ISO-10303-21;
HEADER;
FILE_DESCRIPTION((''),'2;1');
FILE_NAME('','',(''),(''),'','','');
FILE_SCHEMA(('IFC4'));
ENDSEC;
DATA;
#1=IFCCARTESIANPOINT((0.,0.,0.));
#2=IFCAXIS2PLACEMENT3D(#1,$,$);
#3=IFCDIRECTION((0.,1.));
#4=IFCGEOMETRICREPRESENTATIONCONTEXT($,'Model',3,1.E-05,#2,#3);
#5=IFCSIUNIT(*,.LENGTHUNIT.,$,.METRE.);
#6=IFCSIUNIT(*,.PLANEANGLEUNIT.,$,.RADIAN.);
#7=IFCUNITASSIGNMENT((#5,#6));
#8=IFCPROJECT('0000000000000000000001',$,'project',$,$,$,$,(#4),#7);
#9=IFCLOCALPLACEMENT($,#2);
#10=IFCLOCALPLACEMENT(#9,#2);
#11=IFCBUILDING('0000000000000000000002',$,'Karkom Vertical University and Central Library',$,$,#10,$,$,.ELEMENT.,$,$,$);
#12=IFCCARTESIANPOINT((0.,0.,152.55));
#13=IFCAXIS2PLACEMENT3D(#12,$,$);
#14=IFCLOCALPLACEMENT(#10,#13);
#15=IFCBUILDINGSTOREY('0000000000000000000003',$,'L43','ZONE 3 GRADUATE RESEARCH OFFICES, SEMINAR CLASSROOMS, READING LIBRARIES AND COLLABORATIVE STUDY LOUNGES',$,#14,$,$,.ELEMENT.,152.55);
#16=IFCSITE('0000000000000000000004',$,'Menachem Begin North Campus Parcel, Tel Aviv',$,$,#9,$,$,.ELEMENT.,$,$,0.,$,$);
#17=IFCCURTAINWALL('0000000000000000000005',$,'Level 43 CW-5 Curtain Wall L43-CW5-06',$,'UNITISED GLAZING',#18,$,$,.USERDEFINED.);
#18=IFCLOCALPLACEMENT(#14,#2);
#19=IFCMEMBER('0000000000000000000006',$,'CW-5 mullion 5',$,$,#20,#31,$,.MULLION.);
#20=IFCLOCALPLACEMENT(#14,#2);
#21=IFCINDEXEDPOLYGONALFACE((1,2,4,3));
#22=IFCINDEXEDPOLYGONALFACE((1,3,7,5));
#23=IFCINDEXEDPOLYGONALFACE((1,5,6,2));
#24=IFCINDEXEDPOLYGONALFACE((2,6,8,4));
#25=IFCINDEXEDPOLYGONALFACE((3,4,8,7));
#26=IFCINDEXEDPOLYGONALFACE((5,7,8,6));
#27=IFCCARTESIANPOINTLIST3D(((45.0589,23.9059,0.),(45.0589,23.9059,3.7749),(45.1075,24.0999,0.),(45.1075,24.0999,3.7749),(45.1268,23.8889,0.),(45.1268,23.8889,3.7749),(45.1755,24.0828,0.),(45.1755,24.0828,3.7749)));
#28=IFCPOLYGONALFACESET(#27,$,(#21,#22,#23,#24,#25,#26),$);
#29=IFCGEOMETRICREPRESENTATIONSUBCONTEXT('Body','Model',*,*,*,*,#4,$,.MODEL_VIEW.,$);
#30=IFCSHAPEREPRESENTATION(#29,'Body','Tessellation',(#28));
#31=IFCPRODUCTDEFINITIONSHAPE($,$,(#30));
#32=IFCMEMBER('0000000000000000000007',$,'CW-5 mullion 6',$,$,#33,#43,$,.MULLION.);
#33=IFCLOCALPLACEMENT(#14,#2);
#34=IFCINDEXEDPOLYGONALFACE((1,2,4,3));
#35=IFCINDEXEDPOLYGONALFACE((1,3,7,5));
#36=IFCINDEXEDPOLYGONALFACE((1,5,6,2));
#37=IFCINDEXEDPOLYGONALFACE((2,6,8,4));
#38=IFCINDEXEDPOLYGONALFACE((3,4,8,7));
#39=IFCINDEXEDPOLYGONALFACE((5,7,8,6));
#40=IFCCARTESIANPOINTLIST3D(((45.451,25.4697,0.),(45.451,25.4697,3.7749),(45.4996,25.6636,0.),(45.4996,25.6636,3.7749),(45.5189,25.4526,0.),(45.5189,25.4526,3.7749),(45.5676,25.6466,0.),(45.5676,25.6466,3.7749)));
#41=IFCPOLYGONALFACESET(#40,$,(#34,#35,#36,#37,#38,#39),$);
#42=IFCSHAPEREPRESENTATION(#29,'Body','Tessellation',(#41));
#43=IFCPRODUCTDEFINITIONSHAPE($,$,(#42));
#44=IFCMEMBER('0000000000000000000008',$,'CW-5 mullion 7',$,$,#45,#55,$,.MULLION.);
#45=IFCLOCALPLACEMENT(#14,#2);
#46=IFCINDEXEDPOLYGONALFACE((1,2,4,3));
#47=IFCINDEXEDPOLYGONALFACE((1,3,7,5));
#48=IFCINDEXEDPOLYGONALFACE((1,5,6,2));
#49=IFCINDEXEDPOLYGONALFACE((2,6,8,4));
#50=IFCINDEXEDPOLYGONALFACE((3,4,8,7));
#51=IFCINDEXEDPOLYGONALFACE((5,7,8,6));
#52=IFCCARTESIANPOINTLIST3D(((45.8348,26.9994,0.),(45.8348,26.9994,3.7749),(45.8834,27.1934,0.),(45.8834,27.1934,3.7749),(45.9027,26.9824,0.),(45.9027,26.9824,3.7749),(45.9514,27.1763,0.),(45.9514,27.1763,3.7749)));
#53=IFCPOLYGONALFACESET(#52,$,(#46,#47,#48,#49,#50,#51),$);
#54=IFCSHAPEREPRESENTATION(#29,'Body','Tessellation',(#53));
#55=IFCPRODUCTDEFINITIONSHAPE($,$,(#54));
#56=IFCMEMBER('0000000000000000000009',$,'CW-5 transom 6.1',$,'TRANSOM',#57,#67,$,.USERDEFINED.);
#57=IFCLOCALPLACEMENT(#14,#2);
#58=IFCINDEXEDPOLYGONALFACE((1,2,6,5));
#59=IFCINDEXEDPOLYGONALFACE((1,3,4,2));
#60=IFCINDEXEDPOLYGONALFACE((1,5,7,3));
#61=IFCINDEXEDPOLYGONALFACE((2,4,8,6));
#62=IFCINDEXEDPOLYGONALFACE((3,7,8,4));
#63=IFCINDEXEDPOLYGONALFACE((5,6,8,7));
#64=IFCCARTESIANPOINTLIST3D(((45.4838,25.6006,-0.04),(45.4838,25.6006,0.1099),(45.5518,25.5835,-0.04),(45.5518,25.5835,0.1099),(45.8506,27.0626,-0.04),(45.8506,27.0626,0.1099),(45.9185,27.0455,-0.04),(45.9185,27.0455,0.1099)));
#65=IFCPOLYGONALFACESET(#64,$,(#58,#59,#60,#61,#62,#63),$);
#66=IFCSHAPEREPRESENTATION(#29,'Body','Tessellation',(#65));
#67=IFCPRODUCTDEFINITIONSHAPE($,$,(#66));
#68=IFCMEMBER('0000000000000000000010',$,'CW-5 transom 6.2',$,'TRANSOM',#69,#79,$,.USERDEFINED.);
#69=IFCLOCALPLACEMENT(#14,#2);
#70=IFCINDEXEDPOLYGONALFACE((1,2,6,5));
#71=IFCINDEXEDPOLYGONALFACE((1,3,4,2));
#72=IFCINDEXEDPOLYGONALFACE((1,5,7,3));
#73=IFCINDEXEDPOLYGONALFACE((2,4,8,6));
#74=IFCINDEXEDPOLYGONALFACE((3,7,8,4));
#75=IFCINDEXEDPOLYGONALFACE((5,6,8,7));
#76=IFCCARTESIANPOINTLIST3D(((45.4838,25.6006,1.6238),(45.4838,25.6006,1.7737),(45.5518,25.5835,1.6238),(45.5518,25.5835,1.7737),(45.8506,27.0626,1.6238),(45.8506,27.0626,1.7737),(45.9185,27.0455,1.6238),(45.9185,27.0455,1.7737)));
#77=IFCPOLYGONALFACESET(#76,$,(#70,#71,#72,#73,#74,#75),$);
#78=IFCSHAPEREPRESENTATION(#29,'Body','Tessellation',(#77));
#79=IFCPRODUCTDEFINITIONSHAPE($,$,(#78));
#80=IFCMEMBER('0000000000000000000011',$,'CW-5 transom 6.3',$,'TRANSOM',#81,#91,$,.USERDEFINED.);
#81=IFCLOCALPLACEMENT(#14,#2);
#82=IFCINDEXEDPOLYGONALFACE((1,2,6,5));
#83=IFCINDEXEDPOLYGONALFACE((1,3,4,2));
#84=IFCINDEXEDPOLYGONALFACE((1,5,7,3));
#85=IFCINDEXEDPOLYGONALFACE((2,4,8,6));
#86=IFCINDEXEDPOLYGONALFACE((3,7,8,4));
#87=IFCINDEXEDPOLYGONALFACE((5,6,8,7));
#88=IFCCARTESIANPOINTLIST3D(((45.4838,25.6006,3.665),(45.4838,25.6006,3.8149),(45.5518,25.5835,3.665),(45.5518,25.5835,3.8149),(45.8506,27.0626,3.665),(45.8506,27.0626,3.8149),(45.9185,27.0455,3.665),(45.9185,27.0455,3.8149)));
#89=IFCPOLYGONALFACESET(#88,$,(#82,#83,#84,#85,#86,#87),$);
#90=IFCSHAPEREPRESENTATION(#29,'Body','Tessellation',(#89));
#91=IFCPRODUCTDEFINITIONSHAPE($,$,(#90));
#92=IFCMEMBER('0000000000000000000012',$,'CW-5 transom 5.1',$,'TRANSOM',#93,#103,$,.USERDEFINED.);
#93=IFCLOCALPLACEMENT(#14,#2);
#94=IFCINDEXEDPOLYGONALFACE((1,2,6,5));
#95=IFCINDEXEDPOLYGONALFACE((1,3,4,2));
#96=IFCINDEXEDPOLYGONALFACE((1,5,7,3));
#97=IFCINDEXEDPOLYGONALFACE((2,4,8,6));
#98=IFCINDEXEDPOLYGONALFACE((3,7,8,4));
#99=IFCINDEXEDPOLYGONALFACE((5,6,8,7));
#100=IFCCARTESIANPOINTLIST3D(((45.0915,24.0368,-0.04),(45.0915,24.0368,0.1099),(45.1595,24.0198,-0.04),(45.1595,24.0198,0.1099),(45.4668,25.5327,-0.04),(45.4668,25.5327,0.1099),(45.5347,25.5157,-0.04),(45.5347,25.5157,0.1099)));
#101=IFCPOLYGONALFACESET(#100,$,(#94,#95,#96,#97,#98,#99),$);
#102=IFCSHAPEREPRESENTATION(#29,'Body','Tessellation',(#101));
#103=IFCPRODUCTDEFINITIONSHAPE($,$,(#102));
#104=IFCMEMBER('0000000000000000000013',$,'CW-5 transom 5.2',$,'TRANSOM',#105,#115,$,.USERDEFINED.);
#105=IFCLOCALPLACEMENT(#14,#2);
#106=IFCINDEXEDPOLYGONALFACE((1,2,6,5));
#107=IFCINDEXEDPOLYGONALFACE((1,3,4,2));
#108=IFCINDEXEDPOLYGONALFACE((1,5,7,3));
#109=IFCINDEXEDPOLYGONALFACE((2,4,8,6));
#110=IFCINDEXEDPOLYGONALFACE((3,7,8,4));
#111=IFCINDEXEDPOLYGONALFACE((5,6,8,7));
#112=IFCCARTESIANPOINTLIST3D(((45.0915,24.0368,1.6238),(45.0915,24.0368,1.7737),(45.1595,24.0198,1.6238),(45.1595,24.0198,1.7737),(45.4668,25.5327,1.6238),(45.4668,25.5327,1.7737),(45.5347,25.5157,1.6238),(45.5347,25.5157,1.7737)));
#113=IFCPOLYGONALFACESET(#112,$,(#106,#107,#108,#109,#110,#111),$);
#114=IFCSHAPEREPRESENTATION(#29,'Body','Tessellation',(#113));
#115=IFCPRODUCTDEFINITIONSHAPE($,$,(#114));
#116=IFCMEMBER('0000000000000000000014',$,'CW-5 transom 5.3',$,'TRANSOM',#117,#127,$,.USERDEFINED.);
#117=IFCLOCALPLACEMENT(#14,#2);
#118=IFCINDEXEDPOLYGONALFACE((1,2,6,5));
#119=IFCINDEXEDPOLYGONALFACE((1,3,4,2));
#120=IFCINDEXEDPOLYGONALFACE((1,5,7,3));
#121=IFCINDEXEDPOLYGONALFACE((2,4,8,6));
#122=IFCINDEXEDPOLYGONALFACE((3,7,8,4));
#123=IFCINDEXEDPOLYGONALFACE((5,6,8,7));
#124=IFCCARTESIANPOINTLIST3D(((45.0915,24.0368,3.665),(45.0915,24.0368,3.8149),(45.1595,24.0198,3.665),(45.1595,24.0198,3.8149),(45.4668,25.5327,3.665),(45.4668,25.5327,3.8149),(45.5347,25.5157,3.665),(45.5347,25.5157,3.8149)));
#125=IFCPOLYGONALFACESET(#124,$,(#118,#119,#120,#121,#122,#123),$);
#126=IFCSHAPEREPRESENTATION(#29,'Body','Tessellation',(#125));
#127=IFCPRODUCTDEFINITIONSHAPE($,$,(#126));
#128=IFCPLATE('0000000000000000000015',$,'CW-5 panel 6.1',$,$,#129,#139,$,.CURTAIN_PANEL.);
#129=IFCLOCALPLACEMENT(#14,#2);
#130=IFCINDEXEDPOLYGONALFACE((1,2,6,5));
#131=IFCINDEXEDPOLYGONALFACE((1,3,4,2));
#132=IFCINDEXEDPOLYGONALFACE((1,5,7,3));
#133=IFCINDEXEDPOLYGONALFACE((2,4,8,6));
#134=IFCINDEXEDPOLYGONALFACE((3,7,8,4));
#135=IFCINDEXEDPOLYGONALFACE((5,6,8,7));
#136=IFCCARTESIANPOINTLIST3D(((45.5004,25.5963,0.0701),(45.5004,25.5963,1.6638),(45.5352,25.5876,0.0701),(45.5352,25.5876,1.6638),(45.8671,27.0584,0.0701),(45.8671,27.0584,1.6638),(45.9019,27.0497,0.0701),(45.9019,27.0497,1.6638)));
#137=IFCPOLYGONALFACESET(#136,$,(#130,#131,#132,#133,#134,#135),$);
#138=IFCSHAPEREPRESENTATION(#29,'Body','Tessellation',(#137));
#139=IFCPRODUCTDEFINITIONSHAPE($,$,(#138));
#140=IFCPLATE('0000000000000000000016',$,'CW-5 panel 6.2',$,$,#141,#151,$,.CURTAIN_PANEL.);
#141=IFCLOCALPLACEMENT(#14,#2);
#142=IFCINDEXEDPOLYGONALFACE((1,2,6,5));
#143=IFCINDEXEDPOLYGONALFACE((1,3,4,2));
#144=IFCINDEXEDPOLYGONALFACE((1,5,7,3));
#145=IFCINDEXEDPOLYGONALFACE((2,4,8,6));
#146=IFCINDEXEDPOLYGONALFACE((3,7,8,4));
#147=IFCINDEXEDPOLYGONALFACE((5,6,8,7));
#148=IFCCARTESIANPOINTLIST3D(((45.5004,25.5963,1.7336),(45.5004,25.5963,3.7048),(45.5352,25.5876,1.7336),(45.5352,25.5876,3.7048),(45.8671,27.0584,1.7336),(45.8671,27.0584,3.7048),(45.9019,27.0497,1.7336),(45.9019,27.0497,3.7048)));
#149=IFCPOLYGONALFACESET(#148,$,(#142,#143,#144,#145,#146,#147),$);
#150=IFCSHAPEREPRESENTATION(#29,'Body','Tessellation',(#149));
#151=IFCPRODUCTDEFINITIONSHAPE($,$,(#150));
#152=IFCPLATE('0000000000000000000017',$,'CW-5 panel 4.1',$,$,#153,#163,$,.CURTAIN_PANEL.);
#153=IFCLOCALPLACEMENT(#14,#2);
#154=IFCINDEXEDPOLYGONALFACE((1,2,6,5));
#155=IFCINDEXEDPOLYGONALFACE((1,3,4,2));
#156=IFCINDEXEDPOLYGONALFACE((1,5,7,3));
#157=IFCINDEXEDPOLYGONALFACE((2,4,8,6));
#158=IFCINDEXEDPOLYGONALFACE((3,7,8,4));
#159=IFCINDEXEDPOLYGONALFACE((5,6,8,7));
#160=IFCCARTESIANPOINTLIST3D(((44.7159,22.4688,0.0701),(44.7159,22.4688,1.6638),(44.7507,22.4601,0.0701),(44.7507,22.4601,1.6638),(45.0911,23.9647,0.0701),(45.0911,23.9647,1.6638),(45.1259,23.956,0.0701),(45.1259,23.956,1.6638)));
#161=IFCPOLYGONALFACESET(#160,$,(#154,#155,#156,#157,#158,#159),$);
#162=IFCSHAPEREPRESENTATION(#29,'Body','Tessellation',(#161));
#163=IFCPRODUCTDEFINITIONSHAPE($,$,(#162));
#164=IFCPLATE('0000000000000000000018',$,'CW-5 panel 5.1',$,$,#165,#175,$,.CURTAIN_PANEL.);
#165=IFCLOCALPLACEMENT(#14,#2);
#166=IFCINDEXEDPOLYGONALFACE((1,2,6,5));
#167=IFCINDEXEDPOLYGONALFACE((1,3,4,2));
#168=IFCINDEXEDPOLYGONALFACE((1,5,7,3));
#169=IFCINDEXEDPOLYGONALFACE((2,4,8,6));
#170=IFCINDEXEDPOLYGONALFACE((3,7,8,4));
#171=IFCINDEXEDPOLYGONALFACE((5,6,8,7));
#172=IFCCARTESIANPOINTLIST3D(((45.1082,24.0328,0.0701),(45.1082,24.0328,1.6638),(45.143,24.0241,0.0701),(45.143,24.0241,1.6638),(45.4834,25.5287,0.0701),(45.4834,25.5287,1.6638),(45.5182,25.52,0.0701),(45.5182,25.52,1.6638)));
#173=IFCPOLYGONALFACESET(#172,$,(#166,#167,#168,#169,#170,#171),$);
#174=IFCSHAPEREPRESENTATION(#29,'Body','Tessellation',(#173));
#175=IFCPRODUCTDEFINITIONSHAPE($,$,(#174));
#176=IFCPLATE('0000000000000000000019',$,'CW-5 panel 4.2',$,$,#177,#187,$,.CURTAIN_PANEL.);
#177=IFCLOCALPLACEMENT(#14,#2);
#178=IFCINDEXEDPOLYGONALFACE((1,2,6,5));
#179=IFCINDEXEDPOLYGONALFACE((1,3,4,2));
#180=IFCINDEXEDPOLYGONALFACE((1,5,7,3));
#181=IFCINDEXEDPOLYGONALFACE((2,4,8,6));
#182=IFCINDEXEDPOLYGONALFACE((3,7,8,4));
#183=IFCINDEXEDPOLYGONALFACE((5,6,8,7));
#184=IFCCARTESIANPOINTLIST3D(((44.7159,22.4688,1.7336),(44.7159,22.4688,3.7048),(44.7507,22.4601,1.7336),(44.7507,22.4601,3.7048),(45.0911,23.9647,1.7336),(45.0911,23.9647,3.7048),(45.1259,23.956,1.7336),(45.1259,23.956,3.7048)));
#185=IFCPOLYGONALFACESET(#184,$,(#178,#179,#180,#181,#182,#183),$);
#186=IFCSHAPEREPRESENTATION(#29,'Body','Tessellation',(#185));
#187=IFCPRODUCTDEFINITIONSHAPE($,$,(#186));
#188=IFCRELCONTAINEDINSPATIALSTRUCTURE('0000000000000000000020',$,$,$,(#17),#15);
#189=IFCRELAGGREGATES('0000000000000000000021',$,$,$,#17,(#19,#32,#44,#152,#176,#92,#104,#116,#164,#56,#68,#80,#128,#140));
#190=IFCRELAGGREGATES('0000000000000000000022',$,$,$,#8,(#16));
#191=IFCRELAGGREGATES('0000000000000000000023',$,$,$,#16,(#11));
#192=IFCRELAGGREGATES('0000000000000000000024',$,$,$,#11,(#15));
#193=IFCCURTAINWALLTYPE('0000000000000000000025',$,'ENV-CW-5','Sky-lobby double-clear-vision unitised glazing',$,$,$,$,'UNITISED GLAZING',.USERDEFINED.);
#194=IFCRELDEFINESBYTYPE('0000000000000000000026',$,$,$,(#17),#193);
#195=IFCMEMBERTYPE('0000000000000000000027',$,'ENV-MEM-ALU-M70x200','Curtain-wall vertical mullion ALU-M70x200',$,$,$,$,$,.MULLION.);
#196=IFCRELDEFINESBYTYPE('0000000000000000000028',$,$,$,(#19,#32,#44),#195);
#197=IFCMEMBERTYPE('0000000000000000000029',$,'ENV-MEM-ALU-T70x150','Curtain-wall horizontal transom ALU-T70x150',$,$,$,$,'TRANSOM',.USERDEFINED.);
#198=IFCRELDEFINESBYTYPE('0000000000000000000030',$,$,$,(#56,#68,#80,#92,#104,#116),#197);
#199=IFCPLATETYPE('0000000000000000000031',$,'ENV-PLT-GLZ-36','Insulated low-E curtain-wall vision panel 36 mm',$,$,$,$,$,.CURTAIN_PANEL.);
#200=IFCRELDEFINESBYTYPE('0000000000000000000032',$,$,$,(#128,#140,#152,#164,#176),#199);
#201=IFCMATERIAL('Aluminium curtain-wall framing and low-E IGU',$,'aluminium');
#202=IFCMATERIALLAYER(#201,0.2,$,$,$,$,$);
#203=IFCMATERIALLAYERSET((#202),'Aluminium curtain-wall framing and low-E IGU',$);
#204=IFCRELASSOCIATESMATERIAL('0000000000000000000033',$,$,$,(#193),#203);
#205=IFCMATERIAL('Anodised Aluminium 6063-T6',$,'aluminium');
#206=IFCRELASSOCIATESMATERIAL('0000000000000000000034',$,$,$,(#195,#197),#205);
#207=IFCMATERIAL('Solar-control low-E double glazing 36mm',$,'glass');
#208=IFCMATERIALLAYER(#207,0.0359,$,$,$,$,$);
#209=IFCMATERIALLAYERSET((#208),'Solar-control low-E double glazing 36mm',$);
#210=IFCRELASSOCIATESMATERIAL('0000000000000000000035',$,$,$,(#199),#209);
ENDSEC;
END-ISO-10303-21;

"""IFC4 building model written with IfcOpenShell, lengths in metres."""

from ifc_helpers import new_model, si_unit, direction, frame, origin, origin_with_axes, origin_2d, place, context, subcontext, project, spatial, rectangle, extrude, source, transform, mapped, material, layer, layer_set, material_profile, profile_set, type_object, element, aggregate, save


model = new_model("IFC4")

# Units and contexts
model_context = context("Model", 3, precision=1e-05, world=origin(), true_north=direction((0.0, 1.0)))
body_context = subcontext(model_context, "Body", "Model", "MODEL_VIEW")
ifc_project = project(units=[si_unit("LENGTHUNIT", "METRE"), si_unit("PLANEANGLEUNIT", "RADIAN")], contexts=[model_context])

# Site, building, storey
site_placement = place(None, origin())
site = spatial("IfcSite", under=ifc_project, at=site_placement, Name="Menachem Begin North Campus Parcel, Tel Aviv", CompositionType="ELEMENT", RefElevation=0.0)
building_placement = place(site_placement, origin())
building = spatial("IfcBuilding", under=site, at=building_placement, Name="Karkom Vertical University and Central Library", CompositionType="ELEMENT")
storey_placement = place(building_placement, frame((0.0, 0.0, 152.55)))
storey = spatial("IfcBuildingStorey", under=building, at=storey_placement, Name="L43", Description="ZONE 3 GRADUATE RESEARCH OFFICES, SEMINAR CLASSROOMS, READING LIBRARIES AND COLLABORATIVE STUDY LOUNGES", CompositionType="ELEMENT", Elevation=152.55)

# Curtain wall, members, plates
ifc_material_1 = material(Name="Aluminium curtain-wall framing and low-E IGU", Category="aluminium")
ifc_layer_1 = layer(ifc_material_1, 0.2)
ifc_layer_set_1 = layer_set([ifc_layer_1], Name="Aluminium curtain-wall framing and low-E IGU")
curtain_wall_type = type_object("IfcCurtainWallType", Name="ENV-CW-5", Description="Sky-lobby double-clear-vision unitised glazing", ElementType="UNITISED GLAZING", PredefinedType="USERDEFINED", material=ifc_layer_set_1)
curtain_wall_placement = place(storey_placement, origin())
curtain_wall = element("IfcCurtainWall", 1, at=curtain_wall_placement, inside=storey, type_object=curtain_wall_type, Name="Level 43 CW-5 Curtain Wall L43-CW5-06", ObjectType="UNITISED GLAZING", PredefinedType="USERDEFINED")
ifc_material_2 = material(Name="Anodised Aluminium 6063-T6", Category="aluminium")
ifc_material_profile_1 = material_profile(ifc_material_2, rectangle(XDim=0.0701, YDim=0.2, at=origin_2d()), Name="ALU-M70x200")
ifc_profile_set_1 = profile_set([ifc_material_profile_1], Name="Anodised Aluminium 6063-T6")
member_type_1 = type_object("IfcMemberType", Name="ENV-MEM-ALU-M70x200", Description="Curtain-wall vertical mullion ALU-M70x200", PredefinedType="MULLION", material=ifc_profile_set_1)
shared_shape_1 = source(origin_with_axes(), body_context, "Body", "SweptSolid", [
    extrude(rectangle(XDim=0.0701, YDim=0.2, at=origin_2d()), origin(), (0.0, 0.0, 1.0), 3.7749),
])
member_1_placement = place(storey_placement, frame((45.1172, 23.9944, 0.0), z_axis=(0.0, 0.0, 1.0), x_axis=(-0.969956, 0.24328, 0.0)))
member_1 = element("IfcMember", 2, at=member_1_placement, type_object=member_type_1, Name="CW-5 mullion 5", PredefinedType="MULLION", context=body_context, shape_type="MappedRepresentation", body=[
    mapped(shared_shape_1, transform((0.0, 0.0, 0.0), scale=1.0)),
])
member_2_placement = place(storey_placement, frame((45.5093, 25.5581, 0.0), z_axis=(0.0, 0.0, 1.0), x_axis=(-0.969956, 0.24328, 0.0)))
member_2 = element("IfcMember", 3, at=member_2_placement, type_object=member_type_1, Name="CW-5 mullion 6", PredefinedType="MULLION", context=body_context, shape_type="MappedRepresentation", body=[
    mapped(shared_shape_1, transform((0.0, 0.0, 0.0), scale=1.0)),
])
member_3_placement = place(storey_placement, frame((45.8931, 27.0879, 0.0), z_axis=(0.0, 0.0, 1.0), x_axis=(-0.969956, 0.24328, 0.0)))
member_3 = element("IfcMember", 4, at=member_3_placement, type_object=member_type_1, Name="CW-5 mullion 7", PredefinedType="MULLION", context=body_context, shape_type="MappedRepresentation", body=[
    mapped(shared_shape_1, transform((0.0, 0.0, 0.0), scale=1.0)),
])
ifc_material_profile_2 = material_profile(ifc_material_2, rectangle(XDim=0.0701, YDim=0.1499, at=origin_2d()), Name="ALU-T70x150")
ifc_profile_set_2 = profile_set([ifc_material_profile_2], Name="Anodised Aluminium 6063-T6")
member_type_2 = type_object("IfcMemberType", Name="ENV-MEM-ALU-T70x150", Description="Curtain-wall horizontal transom ALU-T70x150", ElementType="TRANSOM", PredefinedType="USERDEFINED", material=ifc_profile_set_2)
shared_shape_2 = source(origin_with_axes(), body_context, "Body", "SweptSolid", [
    extrude(rectangle(XDim=0.0701, YDim=0.1499, at=origin_2d()), origin(), (0.0, 0.0, 1.0), 1.5073),
])
member_4_placement = place(storey_placement, frame((45.5178, 25.592, 0.0349), z_axis=(0.243298, 0.969952, 0.0), x_axis=(-0.969952, 0.243298, 0.0)))
member_4 = element("IfcMember", 5, at=member_4_placement, type_object=member_type_2, Name="CW-5 transom 6.1", ObjectType="TRANSOM", PredefinedType="USERDEFINED", context=body_context, shape_type="MappedRepresentation", body=[
    mapped(shared_shape_2, transform((0.0, 0.0, 0.0), scale=1.0)),
])
member_5_placement = place(storey_placement, frame((45.5178, 25.592, 1.6987), z_axis=(0.243298, 0.969952, 0.0), x_axis=(-0.969952, 0.243298, 0.0)))
member_5 = element("IfcMember", 6, at=member_5_placement, type_object=member_type_2, Name="CW-5 transom 6.2", ObjectType="TRANSOM", PredefinedType="USERDEFINED", context=body_context, shape_type="MappedRepresentation", body=[
    mapped(shared_shape_2, transform((0.0, 0.0, 0.0), scale=1.0)),
])
member_6_placement = place(storey_placement, frame((45.5178, 25.592, 3.74), z_axis=(0.243298, 0.969952, 0.0), x_axis=(-0.969952, 0.243298, 0.0)))
member_6 = element("IfcMember", 7, at=member_6_placement, type_object=member_type_2, Name="CW-5 transom 6.3", ObjectType="TRANSOM", PredefinedType="USERDEFINED", context=body_context, shape_type="MappedRepresentation", body=[
    mapped(shared_shape_2, transform((0.0, 0.0, 0.0), scale=1.0)),
])
shared_shape_3 = source(origin_with_axes(), body_context, "Body", "SweptSolid", [
    extrude(rectangle(XDim=0.0701, YDim=0.1499, at=origin_2d()), origin(), (0.0, 0.0, 1.0), 1.5422),
])
member_7_placement = place(storey_placement, frame((45.1255, 24.0283, 0.0349), z_axis=(0.243318, 0.969947, 0.0), x_axis=(-0.969947, 0.243318, 0.0)))
member_7 = element("IfcMember", 8, at=member_7_placement, type_object=member_type_2, Name="CW-5 transom 5.1", ObjectType="TRANSOM", PredefinedType="USERDEFINED", context=body_context, shape_type="MappedRepresentation", body=[
    mapped(shared_shape_3, transform((0.0, 0.0, 0.0), scale=1.0)),
])
member_8_placement = place(storey_placement, frame((45.1255, 24.0283, 1.6987), z_axis=(0.243318, 0.969947, 0.0), x_axis=(-0.969947, 0.243318, 0.0)))
member_8 = element("IfcMember", 9, at=member_8_placement, type_object=member_type_2, Name="CW-5 transom 5.2", ObjectType="TRANSOM", PredefinedType="USERDEFINED", context=body_context, shape_type="MappedRepresentation", body=[
    mapped(shared_shape_3, transform((0.0, 0.0, 0.0), scale=1.0)),
])
member_9_placement = place(storey_placement, frame((45.1255, 24.0283, 3.74), z_axis=(0.243318, 0.969947, 0.0), x_axis=(-0.969947, 0.243318, 0.0)))
member_9 = element("IfcMember", 10, at=member_9_placement, type_object=member_type_2, Name="CW-5 transom 5.3", ObjectType="TRANSOM", PredefinedType="USERDEFINED", context=body_context, shape_type="MappedRepresentation", body=[
    mapped(shared_shape_3, transform((0.0, 0.0, 0.0), scale=1.0)),
])
ifc_material_3 = material(Name="Solar-control low-E double glazing 36mm", Category="glass")
ifc_layer_2 = layer(ifc_material_3, 0.0359)
ifc_layer_set_2 = layer_set([ifc_layer_2], Name="Solar-control low-E double glazing 36mm")
plate_type = type_object("IfcPlateType", Name="ENV-PLT-GLZ-36", Description="Insulated low-E curtain-wall vision panel 36 mm", PredefinedType="CURTAIN_PANEL", material=ifc_layer_set_2)
shared_shape_4 = source(origin_with_axes(), body_context, "Body", "SweptSolid", [
    extrude(rectangle(XDim=1.5073, YDim=0.0359, at=origin_2d()), origin(), (0.0, 0.0, 1.0), 1.5938),
])
plate_1_placement = place(storey_placement, frame((45.7012, 26.323, 0.0701), z_axis=(0.0, 0.0, 1.0), x_axis=(0.24328, 0.969956, 0.0)))
plate_1 = element("IfcPlate", 11, at=plate_1_placement, type_object=plate_type, Name="CW-5 panel 6.1", PredefinedType="CURTAIN_PANEL", context=body_context, shape_type="MappedRepresentation", body=[
    mapped(shared_shape_4, transform((0.0, 0.0, 0.0), scale=1.0)),
])
shared_shape_5 = source(origin_with_axes(), body_context, "Body", "SweptSolid", [
    extrude(rectangle(XDim=1.5073, YDim=0.0359, at=origin_2d()), origin(), (0.0, 0.0, 1.0), 1.9712),
])
plate_2_placement = place(storey_placement, frame((45.7012, 26.323, 1.7336), z_axis=(0.0, 0.0, 1.0), x_axis=(0.24328, 0.969956, 0.0)))
plate_2 = element("IfcPlate", 12, at=plate_2_placement, type_object=plate_type, Name="CW-5 panel 6.2", PredefinedType="CURTAIN_PANEL", context=body_context, shape_type="MappedRepresentation", body=[
    mapped(shared_shape_5, transform((0.0, 0.0, 0.0), scale=1.0)),
])
shared_shape_6 = source(origin_with_axes(), body_context, "Body", "SweptSolid", [
    extrude(rectangle(XDim=1.5422, YDim=0.0359, at=origin_2d()), origin(), (0.0, 0.0, 1.0), 1.5938),
])
plate_3_placement = place(storey_placement, frame((44.9209, 23.2124, 0.0701), z_axis=(0.0, 0.0, 1.0), x_axis=(0.24328, 0.969956, 0.0)))
plate_3 = element("IfcPlate", 13, at=plate_3_placement, type_object=plate_type, Name="CW-5 panel 4.1", PredefinedType="CURTAIN_PANEL", context=body_context, shape_type="MappedRepresentation", body=[
    mapped(shared_shape_6, transform((0.0, 0.0, 0.0), scale=1.0)),
])
plate_4_placement = place(storey_placement, frame((45.3132, 24.7764, 0.0701), z_axis=(0.0, 0.0, 1.0), x_axis=(0.24328, 0.969956, 0.0)))
plate_4 = element("IfcPlate", 14, at=plate_4_placement, type_object=plate_type, Name="CW-5 panel 5.1", PredefinedType="CURTAIN_PANEL", context=body_context, shape_type="MappedRepresentation", body=[
    mapped(shared_shape_6, transform((0.0, 0.0, 0.0), scale=1.0)),
])
shared_shape_7 = source(origin_with_axes(), body_context, "Body", "SweptSolid", [
    extrude(rectangle(XDim=1.5422, YDim=0.0359, at=origin_2d()), origin(), (0.0, 0.0, 1.0), 1.9712),
])
plate_5_placement = place(storey_placement, frame((44.9209, 23.2124, 1.7336), z_axis=(0.0, 0.0, 1.0), x_axis=(0.24328, 0.969956, 0.0)))
plate_5 = element("IfcPlate", 15, at=plate_5_placement, type_object=plate_type, Name="CW-5 panel 4.2", PredefinedType="CURTAIN_PANEL", context=body_context, shape_type="MappedRepresentation", body=[
    mapped(shared_shape_7, transform((0.0, 0.0, 0.0), scale=1.0)),
])
aggregate(curtain_wall, [member_1, member_2, member_3, plate_3, plate_5, member_7, member_8, member_9, plate_4, member_4, member_5, member_6, plate_1, plate_2])

save(model, "model.ifc")
